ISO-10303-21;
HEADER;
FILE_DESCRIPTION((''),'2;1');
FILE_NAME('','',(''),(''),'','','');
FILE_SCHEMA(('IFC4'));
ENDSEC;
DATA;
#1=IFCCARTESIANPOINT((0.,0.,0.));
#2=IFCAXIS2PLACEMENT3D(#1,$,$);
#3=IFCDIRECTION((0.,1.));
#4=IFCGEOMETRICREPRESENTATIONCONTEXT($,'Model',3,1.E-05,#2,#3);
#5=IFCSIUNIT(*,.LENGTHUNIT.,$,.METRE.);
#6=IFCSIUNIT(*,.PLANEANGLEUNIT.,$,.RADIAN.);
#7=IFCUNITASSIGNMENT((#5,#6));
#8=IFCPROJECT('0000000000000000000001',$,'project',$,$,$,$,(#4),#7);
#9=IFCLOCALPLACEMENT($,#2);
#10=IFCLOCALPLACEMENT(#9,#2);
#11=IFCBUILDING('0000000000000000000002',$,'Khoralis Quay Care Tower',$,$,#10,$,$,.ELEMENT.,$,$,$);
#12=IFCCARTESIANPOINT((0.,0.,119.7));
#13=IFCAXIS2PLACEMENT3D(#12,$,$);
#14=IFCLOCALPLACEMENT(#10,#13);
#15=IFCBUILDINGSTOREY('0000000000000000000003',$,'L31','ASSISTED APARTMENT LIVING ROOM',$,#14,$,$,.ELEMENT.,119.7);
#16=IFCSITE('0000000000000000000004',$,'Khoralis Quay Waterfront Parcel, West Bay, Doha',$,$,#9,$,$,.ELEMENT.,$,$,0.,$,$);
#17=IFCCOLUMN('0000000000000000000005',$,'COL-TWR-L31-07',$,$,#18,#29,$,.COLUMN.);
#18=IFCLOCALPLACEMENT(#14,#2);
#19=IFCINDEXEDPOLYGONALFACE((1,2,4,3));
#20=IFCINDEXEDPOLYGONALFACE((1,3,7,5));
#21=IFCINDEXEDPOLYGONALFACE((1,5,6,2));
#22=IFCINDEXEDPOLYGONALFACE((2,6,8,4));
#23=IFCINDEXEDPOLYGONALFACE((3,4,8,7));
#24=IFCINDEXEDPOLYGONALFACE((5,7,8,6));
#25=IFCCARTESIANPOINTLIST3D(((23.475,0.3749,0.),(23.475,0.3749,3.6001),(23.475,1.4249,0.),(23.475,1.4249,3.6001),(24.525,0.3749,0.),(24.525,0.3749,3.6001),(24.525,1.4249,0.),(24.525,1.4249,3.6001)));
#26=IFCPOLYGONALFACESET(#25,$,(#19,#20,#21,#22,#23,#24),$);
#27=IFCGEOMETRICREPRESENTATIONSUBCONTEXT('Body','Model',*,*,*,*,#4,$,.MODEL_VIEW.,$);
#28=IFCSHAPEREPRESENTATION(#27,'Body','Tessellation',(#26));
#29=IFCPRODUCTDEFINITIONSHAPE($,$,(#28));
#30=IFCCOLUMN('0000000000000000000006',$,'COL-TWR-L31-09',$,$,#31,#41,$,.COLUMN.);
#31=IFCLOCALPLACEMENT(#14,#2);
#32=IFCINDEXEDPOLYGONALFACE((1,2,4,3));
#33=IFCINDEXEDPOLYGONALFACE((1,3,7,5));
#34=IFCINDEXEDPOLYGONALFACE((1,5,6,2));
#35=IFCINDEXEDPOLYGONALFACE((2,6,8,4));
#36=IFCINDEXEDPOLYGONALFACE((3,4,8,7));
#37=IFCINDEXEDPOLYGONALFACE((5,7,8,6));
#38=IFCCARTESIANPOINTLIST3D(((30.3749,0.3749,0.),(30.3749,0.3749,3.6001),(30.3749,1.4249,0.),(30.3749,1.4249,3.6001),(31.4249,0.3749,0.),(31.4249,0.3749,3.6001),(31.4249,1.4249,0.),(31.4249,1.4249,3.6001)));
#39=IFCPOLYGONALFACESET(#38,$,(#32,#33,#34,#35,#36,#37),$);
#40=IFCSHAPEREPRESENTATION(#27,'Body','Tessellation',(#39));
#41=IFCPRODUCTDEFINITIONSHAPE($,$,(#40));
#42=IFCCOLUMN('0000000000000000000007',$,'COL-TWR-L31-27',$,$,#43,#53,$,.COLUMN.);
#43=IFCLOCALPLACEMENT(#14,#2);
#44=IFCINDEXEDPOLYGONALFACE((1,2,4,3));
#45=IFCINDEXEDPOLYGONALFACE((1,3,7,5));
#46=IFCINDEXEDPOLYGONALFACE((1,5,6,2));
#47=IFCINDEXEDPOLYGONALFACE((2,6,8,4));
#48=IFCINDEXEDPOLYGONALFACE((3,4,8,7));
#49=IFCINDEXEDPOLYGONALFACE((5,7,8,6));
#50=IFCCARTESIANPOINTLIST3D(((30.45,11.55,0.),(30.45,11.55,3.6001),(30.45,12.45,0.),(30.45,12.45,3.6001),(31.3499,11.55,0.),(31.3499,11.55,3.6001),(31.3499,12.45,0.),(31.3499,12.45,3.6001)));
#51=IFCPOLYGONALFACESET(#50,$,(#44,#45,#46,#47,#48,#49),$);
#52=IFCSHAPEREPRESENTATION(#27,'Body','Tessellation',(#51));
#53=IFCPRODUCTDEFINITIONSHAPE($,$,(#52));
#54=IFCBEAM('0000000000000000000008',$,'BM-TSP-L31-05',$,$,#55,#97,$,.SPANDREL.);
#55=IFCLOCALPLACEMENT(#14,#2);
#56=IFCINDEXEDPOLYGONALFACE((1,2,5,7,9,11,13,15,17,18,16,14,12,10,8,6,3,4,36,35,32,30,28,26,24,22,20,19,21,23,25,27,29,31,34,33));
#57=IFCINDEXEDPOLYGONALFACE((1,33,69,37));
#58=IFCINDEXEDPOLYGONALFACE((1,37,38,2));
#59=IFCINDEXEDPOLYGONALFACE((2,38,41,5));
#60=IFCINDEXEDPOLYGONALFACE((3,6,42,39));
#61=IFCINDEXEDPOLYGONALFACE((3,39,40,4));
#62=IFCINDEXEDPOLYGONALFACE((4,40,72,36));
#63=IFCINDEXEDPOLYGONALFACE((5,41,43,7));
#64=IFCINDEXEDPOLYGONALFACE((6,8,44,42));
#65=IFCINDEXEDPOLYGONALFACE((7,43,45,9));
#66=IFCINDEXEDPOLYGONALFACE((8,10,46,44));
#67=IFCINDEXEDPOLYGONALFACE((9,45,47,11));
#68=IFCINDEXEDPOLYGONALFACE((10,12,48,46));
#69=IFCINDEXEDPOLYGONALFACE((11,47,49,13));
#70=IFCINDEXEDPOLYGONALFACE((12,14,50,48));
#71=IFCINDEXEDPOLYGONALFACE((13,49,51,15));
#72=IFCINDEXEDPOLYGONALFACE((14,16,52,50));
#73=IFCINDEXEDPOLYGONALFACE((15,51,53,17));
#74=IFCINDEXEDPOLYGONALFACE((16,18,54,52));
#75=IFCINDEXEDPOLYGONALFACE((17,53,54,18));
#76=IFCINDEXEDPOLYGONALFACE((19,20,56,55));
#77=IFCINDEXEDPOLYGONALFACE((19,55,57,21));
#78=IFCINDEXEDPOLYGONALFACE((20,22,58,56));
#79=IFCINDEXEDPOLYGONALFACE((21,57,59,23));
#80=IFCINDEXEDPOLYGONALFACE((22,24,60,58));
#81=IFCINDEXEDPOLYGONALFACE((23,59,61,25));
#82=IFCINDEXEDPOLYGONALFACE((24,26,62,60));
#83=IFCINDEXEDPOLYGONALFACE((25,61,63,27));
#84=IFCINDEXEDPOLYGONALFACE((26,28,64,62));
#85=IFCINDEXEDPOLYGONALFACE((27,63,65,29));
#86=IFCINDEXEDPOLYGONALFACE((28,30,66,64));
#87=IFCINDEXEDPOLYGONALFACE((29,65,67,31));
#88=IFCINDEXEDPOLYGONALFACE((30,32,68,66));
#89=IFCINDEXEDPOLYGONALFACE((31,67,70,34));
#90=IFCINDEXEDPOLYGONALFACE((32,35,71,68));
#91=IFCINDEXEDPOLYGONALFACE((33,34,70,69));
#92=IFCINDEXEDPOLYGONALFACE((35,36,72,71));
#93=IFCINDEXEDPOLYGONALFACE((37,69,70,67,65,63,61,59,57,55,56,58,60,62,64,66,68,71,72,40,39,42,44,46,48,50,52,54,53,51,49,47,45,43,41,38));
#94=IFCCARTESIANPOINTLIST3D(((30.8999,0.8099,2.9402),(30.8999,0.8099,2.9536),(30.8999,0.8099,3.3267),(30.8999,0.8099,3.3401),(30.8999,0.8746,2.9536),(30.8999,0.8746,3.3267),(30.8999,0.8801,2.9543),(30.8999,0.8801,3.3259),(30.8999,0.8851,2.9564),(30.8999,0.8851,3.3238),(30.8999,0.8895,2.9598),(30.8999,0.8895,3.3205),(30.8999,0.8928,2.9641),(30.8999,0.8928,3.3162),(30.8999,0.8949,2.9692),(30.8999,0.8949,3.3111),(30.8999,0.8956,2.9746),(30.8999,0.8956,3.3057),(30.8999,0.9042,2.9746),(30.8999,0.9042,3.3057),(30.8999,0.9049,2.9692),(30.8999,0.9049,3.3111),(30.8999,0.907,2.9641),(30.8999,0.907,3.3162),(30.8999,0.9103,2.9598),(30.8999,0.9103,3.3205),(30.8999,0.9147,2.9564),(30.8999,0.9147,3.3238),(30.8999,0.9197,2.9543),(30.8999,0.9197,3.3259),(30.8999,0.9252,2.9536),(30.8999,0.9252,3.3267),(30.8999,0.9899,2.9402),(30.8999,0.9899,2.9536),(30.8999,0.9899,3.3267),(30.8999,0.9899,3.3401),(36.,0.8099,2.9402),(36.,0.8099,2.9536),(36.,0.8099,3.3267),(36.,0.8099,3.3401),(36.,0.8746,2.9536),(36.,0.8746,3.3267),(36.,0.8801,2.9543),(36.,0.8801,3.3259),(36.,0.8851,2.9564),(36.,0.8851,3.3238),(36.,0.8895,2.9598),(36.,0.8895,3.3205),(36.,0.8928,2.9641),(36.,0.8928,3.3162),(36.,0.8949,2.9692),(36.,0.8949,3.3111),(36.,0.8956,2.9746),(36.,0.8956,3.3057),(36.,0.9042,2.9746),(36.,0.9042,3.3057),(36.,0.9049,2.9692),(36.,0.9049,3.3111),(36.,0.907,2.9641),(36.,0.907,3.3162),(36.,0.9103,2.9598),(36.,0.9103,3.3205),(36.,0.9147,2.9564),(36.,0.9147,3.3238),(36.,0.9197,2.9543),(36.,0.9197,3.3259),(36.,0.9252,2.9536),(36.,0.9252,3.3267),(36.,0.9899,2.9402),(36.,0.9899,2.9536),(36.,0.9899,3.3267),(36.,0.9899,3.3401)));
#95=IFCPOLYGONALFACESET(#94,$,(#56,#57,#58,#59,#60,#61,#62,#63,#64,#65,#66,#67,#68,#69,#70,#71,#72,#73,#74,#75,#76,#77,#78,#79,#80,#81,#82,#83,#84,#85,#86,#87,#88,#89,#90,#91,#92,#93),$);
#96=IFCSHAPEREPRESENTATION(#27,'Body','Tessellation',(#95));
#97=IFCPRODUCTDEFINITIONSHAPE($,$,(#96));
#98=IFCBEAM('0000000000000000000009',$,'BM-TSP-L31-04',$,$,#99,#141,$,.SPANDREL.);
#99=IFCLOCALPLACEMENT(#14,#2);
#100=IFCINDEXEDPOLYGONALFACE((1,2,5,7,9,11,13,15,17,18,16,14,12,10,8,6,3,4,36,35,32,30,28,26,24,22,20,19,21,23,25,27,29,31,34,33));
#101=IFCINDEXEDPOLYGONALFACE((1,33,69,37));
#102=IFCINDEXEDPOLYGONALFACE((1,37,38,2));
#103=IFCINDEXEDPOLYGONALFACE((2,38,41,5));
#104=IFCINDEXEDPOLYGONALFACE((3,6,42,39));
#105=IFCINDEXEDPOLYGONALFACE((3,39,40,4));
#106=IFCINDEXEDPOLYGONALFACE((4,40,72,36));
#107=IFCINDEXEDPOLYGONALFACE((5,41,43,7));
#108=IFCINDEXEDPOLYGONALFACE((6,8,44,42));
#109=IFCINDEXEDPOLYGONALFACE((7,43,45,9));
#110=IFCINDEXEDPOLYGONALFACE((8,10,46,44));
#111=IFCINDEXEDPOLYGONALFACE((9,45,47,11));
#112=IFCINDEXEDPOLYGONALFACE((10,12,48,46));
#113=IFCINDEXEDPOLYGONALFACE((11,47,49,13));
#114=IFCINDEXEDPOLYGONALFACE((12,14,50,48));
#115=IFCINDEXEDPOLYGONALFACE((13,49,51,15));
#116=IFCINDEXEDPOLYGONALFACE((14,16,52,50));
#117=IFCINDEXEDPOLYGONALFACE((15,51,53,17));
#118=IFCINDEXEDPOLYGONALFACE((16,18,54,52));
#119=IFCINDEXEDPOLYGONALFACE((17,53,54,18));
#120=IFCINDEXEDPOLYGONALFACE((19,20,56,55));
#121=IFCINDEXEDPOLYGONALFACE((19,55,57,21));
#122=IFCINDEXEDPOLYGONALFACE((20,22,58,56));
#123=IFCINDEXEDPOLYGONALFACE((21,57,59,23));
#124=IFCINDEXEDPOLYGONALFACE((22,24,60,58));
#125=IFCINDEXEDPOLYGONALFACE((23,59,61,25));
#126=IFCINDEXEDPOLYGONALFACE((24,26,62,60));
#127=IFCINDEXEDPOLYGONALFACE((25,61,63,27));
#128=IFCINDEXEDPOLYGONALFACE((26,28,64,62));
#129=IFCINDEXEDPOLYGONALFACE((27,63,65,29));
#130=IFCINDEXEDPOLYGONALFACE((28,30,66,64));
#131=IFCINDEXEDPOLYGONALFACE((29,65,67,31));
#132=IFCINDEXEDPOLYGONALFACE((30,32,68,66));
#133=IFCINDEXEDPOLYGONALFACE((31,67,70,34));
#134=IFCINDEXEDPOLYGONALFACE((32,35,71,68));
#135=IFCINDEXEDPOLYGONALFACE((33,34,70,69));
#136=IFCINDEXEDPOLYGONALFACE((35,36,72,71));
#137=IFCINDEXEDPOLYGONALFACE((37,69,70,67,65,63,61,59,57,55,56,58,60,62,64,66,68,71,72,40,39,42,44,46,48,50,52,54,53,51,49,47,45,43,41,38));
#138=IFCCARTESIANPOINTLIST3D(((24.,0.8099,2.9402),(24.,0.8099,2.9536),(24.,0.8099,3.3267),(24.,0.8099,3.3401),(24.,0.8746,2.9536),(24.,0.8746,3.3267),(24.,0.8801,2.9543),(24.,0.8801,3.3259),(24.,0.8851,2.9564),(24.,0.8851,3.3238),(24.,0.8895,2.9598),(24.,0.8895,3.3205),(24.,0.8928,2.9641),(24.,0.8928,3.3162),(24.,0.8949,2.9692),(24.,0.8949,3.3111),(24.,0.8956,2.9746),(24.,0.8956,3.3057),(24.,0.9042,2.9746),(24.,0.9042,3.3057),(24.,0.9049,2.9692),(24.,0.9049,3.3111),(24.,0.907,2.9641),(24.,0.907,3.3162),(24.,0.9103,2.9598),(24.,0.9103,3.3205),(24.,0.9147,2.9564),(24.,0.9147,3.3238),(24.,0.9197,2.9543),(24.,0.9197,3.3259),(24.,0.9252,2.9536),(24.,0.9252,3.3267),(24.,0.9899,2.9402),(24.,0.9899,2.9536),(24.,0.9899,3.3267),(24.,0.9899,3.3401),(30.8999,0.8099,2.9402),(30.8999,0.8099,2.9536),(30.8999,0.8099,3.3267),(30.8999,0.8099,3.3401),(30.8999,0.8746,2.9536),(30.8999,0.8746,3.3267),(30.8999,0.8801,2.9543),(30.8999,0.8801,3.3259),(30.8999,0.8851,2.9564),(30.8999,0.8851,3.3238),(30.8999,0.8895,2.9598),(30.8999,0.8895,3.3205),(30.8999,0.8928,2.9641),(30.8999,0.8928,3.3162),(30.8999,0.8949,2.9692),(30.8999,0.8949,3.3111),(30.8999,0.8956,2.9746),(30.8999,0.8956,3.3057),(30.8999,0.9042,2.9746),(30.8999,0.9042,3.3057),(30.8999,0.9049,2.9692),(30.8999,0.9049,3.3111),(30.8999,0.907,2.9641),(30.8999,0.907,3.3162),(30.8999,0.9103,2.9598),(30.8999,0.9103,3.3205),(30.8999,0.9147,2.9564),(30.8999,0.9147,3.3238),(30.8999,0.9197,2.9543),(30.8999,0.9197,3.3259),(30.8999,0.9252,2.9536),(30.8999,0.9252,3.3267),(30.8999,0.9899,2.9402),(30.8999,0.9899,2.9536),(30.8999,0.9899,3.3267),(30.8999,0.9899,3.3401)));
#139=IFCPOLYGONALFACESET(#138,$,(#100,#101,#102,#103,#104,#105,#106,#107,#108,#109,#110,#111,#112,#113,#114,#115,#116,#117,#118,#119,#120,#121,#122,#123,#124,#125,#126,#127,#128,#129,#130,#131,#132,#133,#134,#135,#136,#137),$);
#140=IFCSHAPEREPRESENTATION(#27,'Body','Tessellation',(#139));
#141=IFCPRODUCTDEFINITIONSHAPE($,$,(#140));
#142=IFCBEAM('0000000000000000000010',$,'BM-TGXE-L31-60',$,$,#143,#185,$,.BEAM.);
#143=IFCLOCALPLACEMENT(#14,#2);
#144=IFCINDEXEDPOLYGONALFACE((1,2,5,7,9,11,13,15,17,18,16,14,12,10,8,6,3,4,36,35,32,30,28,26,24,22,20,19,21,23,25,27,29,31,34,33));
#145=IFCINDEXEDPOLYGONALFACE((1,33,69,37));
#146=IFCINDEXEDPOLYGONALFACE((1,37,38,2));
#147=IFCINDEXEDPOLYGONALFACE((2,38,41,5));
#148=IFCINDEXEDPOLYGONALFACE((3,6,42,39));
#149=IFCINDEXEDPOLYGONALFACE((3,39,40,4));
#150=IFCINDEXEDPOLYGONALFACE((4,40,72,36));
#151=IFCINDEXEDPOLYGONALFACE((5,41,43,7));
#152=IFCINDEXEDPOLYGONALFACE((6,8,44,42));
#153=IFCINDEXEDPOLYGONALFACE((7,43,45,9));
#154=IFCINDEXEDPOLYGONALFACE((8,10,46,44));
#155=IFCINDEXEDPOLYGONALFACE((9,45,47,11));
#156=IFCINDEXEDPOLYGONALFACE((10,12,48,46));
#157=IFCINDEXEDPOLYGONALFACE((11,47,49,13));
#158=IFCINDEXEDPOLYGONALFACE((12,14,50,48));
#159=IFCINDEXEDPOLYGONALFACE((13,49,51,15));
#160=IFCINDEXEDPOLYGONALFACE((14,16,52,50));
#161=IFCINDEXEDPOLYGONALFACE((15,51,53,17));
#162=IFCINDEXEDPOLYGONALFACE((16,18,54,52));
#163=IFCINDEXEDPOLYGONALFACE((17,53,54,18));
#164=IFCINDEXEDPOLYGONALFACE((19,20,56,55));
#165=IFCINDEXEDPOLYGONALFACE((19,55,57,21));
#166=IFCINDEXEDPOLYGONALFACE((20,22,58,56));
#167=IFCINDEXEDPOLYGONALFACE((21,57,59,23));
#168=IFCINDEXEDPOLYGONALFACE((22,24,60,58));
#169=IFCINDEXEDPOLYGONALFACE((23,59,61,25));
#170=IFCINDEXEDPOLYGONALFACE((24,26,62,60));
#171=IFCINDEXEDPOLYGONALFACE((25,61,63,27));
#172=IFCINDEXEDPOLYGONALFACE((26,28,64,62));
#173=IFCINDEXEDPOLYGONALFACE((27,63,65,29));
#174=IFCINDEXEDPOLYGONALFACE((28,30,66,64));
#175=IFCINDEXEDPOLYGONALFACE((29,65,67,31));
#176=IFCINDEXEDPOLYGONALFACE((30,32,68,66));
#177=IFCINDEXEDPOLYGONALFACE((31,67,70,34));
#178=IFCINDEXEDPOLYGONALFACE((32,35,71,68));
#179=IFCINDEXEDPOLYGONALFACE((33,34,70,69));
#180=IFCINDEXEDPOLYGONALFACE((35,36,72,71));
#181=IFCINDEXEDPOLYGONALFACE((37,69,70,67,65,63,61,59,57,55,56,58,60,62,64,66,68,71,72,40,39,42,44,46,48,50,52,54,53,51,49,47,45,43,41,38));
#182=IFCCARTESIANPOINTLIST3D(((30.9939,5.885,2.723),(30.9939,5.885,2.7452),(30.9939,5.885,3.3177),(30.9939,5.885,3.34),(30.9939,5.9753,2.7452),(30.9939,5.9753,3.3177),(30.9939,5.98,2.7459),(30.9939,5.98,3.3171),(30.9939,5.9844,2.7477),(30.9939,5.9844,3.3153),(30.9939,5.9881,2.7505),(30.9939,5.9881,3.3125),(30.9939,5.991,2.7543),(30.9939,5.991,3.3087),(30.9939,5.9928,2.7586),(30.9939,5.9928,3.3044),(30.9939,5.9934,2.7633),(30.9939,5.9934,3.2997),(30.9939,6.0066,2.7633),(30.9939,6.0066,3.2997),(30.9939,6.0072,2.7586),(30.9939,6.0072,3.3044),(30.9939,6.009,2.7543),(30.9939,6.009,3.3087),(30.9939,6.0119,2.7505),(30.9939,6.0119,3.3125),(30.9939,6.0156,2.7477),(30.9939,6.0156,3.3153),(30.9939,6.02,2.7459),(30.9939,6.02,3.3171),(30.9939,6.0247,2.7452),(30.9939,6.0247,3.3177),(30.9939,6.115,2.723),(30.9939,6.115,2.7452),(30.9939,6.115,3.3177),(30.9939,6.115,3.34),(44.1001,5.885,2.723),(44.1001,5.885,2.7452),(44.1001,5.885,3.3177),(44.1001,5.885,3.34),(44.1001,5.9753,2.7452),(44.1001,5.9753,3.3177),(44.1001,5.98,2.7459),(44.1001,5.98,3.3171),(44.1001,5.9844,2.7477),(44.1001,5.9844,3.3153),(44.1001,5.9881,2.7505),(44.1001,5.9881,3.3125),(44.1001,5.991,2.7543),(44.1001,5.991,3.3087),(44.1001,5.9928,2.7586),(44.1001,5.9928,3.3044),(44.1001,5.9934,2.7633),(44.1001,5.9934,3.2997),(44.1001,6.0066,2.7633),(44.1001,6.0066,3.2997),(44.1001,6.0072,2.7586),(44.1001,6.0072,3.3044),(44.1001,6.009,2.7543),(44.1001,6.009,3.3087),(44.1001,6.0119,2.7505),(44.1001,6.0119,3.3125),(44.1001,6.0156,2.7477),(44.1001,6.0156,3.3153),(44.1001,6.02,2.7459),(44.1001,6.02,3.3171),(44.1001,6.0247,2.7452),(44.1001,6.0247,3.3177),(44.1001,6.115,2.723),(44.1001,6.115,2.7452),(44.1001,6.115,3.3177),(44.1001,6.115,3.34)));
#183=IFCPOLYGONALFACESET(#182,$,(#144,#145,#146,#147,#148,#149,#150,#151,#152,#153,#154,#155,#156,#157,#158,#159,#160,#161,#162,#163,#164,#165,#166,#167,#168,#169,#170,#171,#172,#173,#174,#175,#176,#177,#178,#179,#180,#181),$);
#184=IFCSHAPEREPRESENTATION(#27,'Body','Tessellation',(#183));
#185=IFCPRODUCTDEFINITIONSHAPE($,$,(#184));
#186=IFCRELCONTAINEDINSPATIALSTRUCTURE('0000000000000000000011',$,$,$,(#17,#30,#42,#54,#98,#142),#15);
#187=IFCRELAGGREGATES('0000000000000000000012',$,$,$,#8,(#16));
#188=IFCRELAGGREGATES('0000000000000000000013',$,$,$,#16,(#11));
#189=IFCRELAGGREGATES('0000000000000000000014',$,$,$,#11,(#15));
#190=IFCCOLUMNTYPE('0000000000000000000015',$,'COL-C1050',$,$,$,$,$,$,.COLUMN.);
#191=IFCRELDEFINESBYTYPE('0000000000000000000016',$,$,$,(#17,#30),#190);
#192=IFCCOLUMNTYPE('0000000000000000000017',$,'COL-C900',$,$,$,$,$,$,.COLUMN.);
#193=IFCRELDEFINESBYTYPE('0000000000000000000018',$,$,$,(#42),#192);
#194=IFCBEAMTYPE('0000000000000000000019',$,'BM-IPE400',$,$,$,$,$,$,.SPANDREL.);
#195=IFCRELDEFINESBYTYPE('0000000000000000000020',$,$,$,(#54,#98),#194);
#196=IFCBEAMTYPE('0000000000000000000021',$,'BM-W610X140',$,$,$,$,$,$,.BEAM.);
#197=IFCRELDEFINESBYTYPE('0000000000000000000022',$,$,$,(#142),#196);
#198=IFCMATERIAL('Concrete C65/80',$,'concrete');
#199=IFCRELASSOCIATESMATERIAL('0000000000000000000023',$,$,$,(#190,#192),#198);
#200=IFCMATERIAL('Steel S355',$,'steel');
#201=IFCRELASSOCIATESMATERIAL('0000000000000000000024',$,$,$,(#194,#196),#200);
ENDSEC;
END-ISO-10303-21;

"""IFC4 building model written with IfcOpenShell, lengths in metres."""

from ifc_helpers import new_model, si_unit, direction, frame, origin, origin_2d, place, context, subcontext, project, spatial, rectangle, i_section, extrude, source, transform, mapped, material, material_profile, profile_set, type_object, element, save


model = new_model("IFC4")

# Units and contexts
model_context = context("Model", 3, precision=1e-05, world=origin(), true_north=direction((0.0, 1.0)))
body_context = subcontext(model_context, "Body", "Model", "MODEL_VIEW")
ifc_project = project(units=[si_unit("LENGTHUNIT", "METRE"), si_unit("PLANEANGLEUNIT", "RADIAN")], contexts=[model_context])

# Site, building, storey
site_placement = place(None, origin())
site = spatial("IfcSite", under=ifc_project, at=site_placement, Name="Khoralis Quay Waterfront Parcel, West Bay, Doha", CompositionType="ELEMENT", RefElevation=0.0)
building_placement = place(site_placement, origin())
building = spatial("IfcBuilding", under=site, at=building_placement, Name="Khoralis Quay Care Tower", CompositionType="ELEMENT")
storey_placement = place(building_placement, frame((0.0, 0.0, 119.7)))
storey = spatial("IfcBuildingStorey", under=building, at=storey_placement, Name="L31", Description="ASSISTED APARTMENT LIVING ROOM", CompositionType="ELEMENT", Elevation=119.7)

# Columns
ifc_material_1 = material(Name="Concrete C65/80", Category="concrete")
ifc_material_profile_1 = material_profile(ifc_material_1, rectangle(XDim=1.05, YDim=1.05, at=origin_2d()), Name="Concrete C65/80")
ifc_profile_set_1 = profile_set([ifc_material_profile_1], Name="Concrete C65/80")
column_type_1 = type_object("IfcColumnType", Name="COL-C1050", PredefinedType="COLUMN", material=ifc_profile_set_1)
shared_shape_1 = source(origin(), body_context, "Body", "SweptSolid", [
    extrude(rectangle(XDim=1.05, YDim=1.05, at=origin_2d()), origin(), (0.0, 0.0, 1.0), 3.6001),
])
for number, where, z_axis, x_axis, name in (
    (1, (24.0, 0.8999, 0.0), (0.0, 0.0, 1.0), (1.0, 0.0, 0.0), "COL-TWR-L31-07"),
    (2, (30.8999, 0.8999, 0.0), (0.0, 0.0, 1.0), (1.0, 0.0, 0.0), "COL-TWR-L31-09"),
):
    element("IfcColumn", number, at=place(storey_placement, frame(where, z_axis=z_axis, x_axis=x_axis)), inside=storey, type_object=column_type_1, Name=name, PredefinedType="COLUMN", context=body_context, shape_type="MappedRepresentation", body=[
        mapped(shared_shape_1, transform((0.0, 0.0, 0.0), scale=1.0)),
    ])
ifc_material_profile_2 = material_profile(ifc_material_1, rectangle(XDim=0.8999, YDim=0.8999, at=origin_2d()), Name="Concrete C65/80")
ifc_profile_set_2 = profile_set([ifc_material_profile_2], Name="Concrete C65/80")
column_type_2 = type_object("IfcColumnType", Name="COL-C900", PredefinedType="COLUMN", material=ifc_profile_set_2)
shared_shape_2 = source(origin(), body_context, "Body", "SweptSolid", [
    extrude(rectangle(XDim=0.8999, YDim=0.8999, at=origin_2d()), origin(), (0.0, 0.0, 1.0), 3.6001),
])
column_placement = place(storey_placement, frame((30.8999, 12.0, 0.0), z_axis=(0.0, 0.0, 1.0), x_axis=(1.0, 0.0, 0.0)))
element("IfcColumn", 3, at=column_placement, inside=storey, type_object=column_type_2, Name="COL-TWR-L31-27", PredefinedType="COLUMN", context=body_context, shape_type="MappedRepresentation", body=[
    mapped(shared_shape_2, transform((0.0, 0.0, 0.0), scale=1.0)),
])

# Beams
ifc_material_2 = material(Name="Steel S355", Category="steel")
ifc_material_profile_3 = material_profile(ifc_material_2, i_section(OverallWidth=0.1799, OverallDepth=0.3999, WebThickness=0.0085, FlangeThickness=0.0134, FilletRadius=0.021, at=origin_2d()), Name="Steel S355")
ifc_profile_set_3 = profile_set([ifc_material_profile_3], Name="Steel S355")
beam_type_1 = type_object("IfcBeamType", Name="BM-IPE400", PredefinedType="SPANDREL", material=ifc_profile_set_3)
shared_shape_3 = source(origin(), body_context, "Body", "SweptSolid", [
    extrude(i_section(OverallWidth=0.1799, OverallDepth=0.3999, WebThickness=0.0085, FlangeThickness=0.0134, FilletRadius=0.021, at=origin_2d()), origin(), (0.0, 0.0, 1.0), 5.1001),
])
beam_1_placement = place(storey_placement, frame((30.8999, 0.8999, 3.1401), z_axis=(1.0, 0.0, 0.0), x_axis=(0.0, 1.0, 0.0)))
element("IfcBeam", 4, at=beam_1_placement, inside=storey, type_object=beam_type_1, Name="BM-TSP-L31-05", PredefinedType="SPANDREL", context=body_context, shape_type="MappedRepresentation", body=[
    mapped(shared_shape_3, transform((0.0, 0.0, 0.0), scale=1.0)),
])
shared_shape_4 = source(origin(), body_context, "Body", "SweptSolid", [
    extrude(i_section(OverallWidth=0.1799, OverallDepth=0.3999, WebThickness=0.0085, FlangeThickness=0.0134, FilletRadius=0.021, at=origin_2d()), origin(), (0.0, 0.0, 1.0), 6.8999),
])
beam_2_placement = place(storey_placement, frame((24.0, 0.8999, 3.1401), z_axis=(1.0, 0.0, 0.0), x_axis=(0.0, 1.0, 0.0)))
element("IfcBeam", 5, at=beam_2_placement, inside=storey, type_object=beam_type_1, Name="BM-TSP-L31-04", PredefinedType="SPANDREL", context=body_context, shape_type="MappedRepresentation", body=[
    mapped(shared_shape_4, transform((0.0, 0.0, 0.0), scale=1.0)),
])
ifc_material_profile_4 = material_profile(ifc_material_2, i_section(OverallWidth=0.23, OverallDepth=0.6169, WebThickness=0.0132, FlangeThickness=0.0222, FilletRadius=0.0181, at=origin_2d()), Name="Steel S355")
ifc_profile_set_4 = profile_set([ifc_material_profile_4], Name="Steel S355")
beam_type_2 = type_object("IfcBeamType", Name="BM-W610X140", PredefinedType="BEAM", material=ifc_profile_set_4)
shared_shape_5 = source(origin(), body_context, "Body", "SweptSolid", [
    extrude(i_section(OverallWidth=0.23, OverallDepth=0.6169, WebThickness=0.0132, FlangeThickness=0.0222, FilletRadius=0.0181, at=origin_2d()), origin(), (0.0, 0.0, 1.0), 13.1062),
])
beam_3_placement = place(storey_placement, frame((30.9939, 6.0, 3.0315), z_axis=(1.0, 0.0, 0.0), x_axis=(0.0, 1.0, 0.0)))
element("IfcBeam", 6, at=beam_3_placement, inside=storey, type_object=beam_type_2, Name="BM-TGXE-L31-60", PredefinedType="BEAM", context=body_context, shape_type="MappedRepresentation", body=[
    mapped(shared_shape_5, transform((0.0, 0.0, 0.0), scale=1.0)),
])

save(model, "model.ifc")
